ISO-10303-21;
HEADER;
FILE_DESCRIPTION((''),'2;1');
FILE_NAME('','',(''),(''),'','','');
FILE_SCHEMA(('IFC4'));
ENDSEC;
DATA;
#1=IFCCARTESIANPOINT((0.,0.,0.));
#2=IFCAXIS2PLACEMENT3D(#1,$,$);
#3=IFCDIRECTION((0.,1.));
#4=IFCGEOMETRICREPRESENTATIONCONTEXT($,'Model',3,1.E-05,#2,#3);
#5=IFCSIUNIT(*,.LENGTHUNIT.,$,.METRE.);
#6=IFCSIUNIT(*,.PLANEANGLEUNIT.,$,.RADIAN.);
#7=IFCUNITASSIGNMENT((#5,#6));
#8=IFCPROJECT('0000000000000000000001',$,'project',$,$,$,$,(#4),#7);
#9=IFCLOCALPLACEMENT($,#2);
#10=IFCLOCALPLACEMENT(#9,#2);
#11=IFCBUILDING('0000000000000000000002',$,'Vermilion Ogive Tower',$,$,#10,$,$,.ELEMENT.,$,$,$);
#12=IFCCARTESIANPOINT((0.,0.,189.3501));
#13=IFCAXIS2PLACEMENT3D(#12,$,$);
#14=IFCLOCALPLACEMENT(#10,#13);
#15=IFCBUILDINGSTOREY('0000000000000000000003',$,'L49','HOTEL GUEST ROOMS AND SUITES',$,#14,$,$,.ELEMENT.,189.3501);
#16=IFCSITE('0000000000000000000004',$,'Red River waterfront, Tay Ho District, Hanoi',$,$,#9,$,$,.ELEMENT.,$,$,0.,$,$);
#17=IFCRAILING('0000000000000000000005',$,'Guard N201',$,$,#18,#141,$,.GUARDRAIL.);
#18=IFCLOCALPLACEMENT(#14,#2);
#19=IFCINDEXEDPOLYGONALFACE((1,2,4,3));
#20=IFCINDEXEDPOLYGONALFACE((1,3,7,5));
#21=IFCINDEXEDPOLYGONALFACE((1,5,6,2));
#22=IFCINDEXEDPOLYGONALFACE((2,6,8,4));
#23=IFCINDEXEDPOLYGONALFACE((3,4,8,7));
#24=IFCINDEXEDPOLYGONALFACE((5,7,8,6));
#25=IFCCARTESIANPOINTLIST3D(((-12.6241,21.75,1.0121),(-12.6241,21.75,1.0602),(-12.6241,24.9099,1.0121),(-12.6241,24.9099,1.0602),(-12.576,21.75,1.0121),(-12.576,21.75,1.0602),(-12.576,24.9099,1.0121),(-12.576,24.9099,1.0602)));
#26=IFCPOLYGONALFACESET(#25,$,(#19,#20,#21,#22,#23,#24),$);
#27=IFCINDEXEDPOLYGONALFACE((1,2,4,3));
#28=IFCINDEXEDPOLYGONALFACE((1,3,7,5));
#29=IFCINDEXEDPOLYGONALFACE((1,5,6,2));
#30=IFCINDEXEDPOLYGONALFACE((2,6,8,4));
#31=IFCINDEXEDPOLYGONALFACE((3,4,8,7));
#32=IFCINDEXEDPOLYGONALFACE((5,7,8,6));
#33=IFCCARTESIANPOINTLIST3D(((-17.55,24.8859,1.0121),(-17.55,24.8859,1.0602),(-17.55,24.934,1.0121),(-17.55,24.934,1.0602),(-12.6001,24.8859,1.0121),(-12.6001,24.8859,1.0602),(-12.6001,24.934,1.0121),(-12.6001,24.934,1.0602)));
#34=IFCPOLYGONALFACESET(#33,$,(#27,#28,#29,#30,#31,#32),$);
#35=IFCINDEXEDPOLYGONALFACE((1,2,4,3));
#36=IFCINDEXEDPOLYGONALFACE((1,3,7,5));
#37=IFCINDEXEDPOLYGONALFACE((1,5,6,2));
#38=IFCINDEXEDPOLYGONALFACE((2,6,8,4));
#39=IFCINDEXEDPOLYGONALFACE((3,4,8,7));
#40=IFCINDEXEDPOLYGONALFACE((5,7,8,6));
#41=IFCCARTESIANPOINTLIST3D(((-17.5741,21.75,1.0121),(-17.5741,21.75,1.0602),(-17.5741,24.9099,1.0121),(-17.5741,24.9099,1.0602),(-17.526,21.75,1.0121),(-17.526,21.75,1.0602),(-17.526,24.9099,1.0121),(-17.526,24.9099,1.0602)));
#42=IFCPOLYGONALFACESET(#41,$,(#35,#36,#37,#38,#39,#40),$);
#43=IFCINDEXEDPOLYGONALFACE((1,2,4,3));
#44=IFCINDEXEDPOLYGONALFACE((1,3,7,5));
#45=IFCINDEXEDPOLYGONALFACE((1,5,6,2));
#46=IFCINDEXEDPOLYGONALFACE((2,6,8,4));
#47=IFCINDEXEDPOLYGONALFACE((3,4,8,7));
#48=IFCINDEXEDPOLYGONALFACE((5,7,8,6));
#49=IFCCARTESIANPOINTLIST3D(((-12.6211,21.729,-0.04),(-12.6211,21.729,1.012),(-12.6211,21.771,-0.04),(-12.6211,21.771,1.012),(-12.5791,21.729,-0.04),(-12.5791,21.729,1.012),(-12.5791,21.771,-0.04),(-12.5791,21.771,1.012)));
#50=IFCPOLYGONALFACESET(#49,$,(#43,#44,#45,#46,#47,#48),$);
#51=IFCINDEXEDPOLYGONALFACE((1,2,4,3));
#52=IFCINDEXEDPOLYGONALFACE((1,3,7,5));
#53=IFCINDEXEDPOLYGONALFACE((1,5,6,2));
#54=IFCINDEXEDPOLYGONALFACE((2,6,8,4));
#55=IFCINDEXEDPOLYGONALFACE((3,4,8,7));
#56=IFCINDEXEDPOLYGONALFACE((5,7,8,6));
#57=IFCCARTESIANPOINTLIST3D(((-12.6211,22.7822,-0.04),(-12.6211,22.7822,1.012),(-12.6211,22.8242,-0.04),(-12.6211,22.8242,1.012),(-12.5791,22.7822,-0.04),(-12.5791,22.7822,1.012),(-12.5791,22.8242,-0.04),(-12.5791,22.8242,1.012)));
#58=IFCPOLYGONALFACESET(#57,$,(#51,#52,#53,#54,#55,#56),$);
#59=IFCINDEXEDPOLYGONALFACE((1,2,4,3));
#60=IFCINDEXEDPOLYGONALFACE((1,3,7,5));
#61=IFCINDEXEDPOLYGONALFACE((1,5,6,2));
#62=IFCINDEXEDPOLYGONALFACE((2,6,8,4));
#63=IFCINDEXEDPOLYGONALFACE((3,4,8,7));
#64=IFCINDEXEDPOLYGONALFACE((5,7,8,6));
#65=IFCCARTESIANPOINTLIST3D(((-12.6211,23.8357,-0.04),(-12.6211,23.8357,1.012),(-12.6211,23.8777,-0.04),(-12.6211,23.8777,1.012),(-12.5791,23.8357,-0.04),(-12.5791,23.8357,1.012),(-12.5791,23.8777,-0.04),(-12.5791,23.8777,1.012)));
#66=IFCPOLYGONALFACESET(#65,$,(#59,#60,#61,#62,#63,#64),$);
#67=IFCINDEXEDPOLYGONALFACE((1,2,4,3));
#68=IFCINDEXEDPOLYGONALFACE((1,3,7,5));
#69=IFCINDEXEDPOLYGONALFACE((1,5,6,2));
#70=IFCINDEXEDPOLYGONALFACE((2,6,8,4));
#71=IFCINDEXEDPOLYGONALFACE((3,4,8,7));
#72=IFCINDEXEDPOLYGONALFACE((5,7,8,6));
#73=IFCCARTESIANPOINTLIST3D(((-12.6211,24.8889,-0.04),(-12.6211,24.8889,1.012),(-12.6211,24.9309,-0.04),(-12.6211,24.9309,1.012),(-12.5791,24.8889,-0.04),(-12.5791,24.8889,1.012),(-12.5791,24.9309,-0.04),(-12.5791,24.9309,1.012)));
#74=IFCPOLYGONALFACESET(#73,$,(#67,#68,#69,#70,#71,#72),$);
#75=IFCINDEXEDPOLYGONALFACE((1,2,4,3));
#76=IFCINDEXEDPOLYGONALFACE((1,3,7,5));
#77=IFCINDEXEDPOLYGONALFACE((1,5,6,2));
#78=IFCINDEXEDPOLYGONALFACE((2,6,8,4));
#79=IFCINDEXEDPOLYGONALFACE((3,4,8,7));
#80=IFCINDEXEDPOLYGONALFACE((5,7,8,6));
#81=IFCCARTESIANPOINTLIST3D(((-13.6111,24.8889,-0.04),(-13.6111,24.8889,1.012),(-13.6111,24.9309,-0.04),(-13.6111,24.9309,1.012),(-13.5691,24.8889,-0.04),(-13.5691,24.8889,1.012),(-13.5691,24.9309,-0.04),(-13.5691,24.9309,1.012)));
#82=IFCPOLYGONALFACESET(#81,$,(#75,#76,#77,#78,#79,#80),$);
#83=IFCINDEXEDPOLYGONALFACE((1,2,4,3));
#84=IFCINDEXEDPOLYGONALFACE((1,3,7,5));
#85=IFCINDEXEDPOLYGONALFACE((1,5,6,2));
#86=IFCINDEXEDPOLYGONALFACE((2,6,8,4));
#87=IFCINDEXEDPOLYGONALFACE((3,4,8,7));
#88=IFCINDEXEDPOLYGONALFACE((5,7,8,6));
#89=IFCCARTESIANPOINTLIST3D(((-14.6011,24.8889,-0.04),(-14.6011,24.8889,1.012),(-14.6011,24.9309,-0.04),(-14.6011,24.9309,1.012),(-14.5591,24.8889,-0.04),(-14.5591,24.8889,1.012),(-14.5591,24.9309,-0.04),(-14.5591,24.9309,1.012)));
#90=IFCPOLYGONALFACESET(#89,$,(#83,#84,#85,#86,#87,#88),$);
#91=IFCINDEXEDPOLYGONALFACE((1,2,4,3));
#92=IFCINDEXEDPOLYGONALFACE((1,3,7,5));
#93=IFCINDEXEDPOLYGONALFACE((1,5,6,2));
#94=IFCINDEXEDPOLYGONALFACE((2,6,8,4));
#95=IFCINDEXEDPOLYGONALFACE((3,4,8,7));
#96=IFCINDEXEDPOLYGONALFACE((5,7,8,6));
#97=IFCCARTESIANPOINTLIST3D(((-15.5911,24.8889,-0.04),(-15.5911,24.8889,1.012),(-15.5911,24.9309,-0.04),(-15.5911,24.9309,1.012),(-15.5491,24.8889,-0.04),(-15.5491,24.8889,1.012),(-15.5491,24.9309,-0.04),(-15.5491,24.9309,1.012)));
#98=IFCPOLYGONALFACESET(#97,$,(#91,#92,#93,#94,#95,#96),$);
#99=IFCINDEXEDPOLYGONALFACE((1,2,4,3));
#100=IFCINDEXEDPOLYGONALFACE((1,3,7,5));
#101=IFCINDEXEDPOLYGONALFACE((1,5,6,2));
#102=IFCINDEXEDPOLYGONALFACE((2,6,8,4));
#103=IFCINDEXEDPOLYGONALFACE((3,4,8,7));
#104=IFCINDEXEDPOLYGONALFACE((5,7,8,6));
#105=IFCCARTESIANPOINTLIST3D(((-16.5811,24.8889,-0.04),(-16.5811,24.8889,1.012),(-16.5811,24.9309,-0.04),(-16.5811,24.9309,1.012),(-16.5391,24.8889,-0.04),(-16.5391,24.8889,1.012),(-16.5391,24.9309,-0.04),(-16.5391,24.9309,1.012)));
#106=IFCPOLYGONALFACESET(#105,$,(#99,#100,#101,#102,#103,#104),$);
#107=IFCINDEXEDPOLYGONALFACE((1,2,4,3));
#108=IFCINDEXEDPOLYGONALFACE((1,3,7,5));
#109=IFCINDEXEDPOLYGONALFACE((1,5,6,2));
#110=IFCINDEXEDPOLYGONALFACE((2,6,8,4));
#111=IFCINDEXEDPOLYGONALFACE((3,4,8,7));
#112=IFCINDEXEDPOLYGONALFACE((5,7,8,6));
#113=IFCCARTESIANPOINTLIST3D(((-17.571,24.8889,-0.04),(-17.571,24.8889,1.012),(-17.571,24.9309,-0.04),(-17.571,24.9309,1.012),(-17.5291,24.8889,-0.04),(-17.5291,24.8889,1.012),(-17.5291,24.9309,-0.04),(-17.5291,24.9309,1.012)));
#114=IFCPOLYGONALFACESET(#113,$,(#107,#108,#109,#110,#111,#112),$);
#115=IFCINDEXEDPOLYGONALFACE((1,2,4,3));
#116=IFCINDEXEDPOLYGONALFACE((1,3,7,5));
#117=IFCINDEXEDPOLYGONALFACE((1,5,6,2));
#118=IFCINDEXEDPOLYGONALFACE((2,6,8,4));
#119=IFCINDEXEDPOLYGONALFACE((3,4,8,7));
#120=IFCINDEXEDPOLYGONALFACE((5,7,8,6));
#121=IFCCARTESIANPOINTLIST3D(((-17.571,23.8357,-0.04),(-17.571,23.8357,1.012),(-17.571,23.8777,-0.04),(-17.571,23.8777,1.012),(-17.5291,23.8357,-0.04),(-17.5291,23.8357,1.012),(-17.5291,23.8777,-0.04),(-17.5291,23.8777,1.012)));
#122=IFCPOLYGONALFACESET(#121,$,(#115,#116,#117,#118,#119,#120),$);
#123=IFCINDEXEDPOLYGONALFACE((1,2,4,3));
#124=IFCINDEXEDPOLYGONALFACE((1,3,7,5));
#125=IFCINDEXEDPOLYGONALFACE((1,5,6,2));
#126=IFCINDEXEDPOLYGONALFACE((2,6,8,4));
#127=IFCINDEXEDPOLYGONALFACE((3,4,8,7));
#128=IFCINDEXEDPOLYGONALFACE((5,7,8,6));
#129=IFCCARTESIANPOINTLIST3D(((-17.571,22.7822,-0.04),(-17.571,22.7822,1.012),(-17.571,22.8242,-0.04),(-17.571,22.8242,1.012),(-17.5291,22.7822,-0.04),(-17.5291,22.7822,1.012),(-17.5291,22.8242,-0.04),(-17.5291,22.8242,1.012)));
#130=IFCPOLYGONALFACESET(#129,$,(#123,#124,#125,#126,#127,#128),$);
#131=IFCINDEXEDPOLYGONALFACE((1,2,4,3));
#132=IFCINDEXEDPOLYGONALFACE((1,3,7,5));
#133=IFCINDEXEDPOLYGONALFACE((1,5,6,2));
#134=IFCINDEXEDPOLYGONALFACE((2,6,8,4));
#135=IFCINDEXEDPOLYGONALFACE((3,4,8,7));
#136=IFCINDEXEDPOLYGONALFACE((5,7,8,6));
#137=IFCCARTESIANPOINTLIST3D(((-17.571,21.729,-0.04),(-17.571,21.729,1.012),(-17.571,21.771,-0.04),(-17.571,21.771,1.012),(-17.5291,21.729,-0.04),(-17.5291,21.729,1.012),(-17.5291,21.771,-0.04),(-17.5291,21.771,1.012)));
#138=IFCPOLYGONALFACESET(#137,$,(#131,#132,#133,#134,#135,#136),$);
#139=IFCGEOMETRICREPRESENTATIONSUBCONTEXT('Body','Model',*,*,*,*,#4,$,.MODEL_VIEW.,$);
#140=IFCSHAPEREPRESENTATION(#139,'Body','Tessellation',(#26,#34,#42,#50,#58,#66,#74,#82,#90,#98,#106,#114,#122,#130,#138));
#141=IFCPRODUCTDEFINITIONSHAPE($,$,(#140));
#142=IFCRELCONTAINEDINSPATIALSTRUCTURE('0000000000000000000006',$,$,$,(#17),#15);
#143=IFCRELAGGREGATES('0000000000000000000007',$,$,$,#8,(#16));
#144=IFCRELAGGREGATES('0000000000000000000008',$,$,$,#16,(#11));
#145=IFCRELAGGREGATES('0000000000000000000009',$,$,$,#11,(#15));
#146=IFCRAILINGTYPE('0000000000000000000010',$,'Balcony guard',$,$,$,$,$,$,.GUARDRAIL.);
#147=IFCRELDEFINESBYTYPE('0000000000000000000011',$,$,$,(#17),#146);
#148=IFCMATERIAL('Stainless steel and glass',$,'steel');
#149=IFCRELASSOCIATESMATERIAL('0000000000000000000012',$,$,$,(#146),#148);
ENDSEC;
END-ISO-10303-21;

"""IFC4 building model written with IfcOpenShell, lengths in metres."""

from ifc_helpers import new_model, si_unit, direction, frame, origin, origin_2d, place, context, subcontext, project, spatial, rectangle, extrude, material, type_object, element, save


model = new_model("IFC4")

# Units and contexts
model_context = context("Model", 3, precision=1e-05, world=origin(), true_north=direction((0.0, 1.0)))
body_context = subcontext(model_context, "Body", "Model", "MODEL_VIEW")
ifc_project = project(units=[si_unit("LENGTHUNIT", "METRE"), si_unit("PLANEANGLEUNIT", "RADIAN")], contexts=[model_context])

# Site, building, storey
site_placement = place(None, origin())
site = spatial("IfcSite", under=ifc_project, at=site_placement, Name="Red River waterfront, Tay Ho District, Hanoi", CompositionType="ELEMENT", RefElevation=0.0)
building_placement = place(site_placement, origin())
building = spatial("IfcBuilding", under=site, at=building_placement, Name="Vermilion Ogive Tower", CompositionType="ELEMENT")
storey_placement = place(building_placement, frame((0.0, 0.0, 189.3501)))
storey = spatial("IfcBuildingStorey", under=building, at=storey_placement, Name="L49", Description="HOTEL GUEST ROOMS AND SUITES", CompositionType="ELEMENT", Elevation=189.3501)

# Railing
ifc_material_1 = material(Name="Stainless steel and glass", Category="steel")
railing_type = type_object("IfcRailingType", Name="Balcony guard", PredefinedType="GUARDRAIL", material=ifc_material_1)
railing_placement = place(storey_placement, frame((-12.6001, 21.75, -0.04)))
element("IfcRailing", 1, at=railing_placement, inside=storey, type_object=railing_type, Name="Guard N201", PredefinedType="GUARDRAIL", context=body_context, shape_type="SweptSolid", body=[
    extrude(rectangle(XDim=0.0481, YDim=0.0481, at=origin_2d()), frame((0.0, 0.0, 1.0762), z_axis=(0.0, 1.0, 0.0), x_axis=(-1.0, 0.0, 0.0)), (0.0, 0.0, 1.0), 3.1599),
    extrude(rectangle(XDim=0.0481, YDim=0.0481, at=origin_2d()), frame((0.0, 3.1599, 1.0762), z_axis=(-1.0, 0.0, 0.0), x_axis=(0.0, -1.0, 0.0)), (0.0, 0.0, 1.0), 4.95),
    extrude(rectangle(XDim=0.0481, YDim=0.0481, at=origin_2d()), frame((-4.95, 3.1599, 1.0762), z_axis=(0.0, -1.0, 0.0), x_axis=(1.0, 0.0, 0.0)), (0.0, 0.0, 1.0), 3.1599),
    extrude(rectangle(XDim=0.042, YDim=0.042, at=origin_2d()), origin(), (0.0, 0.0, 1.0), 1.052),
    extrude(rectangle(XDim=0.042, YDim=0.042, at=origin_2d()), frame((0.0, 1.0532, 0.0)), (0.0, 0.0, 1.0), 1.052),
    extrude(rectangle(XDim=0.042, YDim=0.042, at=origin_2d()), frame((0.0, 2.1067, 0.0)), (0.0, 0.0, 1.0), 1.052),
    extrude(rectangle(XDim=0.042, YDim=0.042, at=origin_2d()), frame((0.0, 3.1599, 0.0)), (0.0, 0.0, 1.0), 1.052),
    extrude(rectangle(XDim=0.042, YDim=0.042, at=origin_2d()), frame((-0.99, 3.1599, 0.0)), (0.0, 0.0, 1.0), 1.052),
    extrude(rectangle(XDim=0.042, YDim=0.042, at=origin_2d()), frame((-1.98, 3.1599, 0.0)), (0.0, 0.0, 1.0), 1.052),
    extrude(rectangle(XDim=0.042, YDim=0.042, at=origin_2d()), frame((-2.97, 3.1599, 0.0)), (0.0, 0.0, 1.0), 1.052),
    extrude(rectangle(XDim=0.042, YDim=0.042, at=origin_2d()), frame((-3.96, 3.1599, 0.0)), (0.0, 0.0, 1.0), 1.052),
    extrude(rectangle(XDim=0.042, YDim=0.042, at=origin_2d()), frame((-4.95, 3.1599, 0.0)), (0.0, 0.0, 1.0), 1.052),
    extrude(rectangle(XDim=0.042, YDim=0.042, at=origin_2d()), frame((-4.95, 2.1067, 0.0)), (0.0, 0.0, 1.0), 1.052),
    extrude(rectangle(XDim=0.042, YDim=0.042, at=origin_2d()), frame((-4.95, 1.0532, 0.0)), (0.0, 0.0, 1.0), 1.052),
    extrude(rectangle(XDim=0.042, YDim=0.042, at=origin_2d()), frame((-4.95, 0.0, 0.0)), (0.0, 0.0, 1.0), 1.052),
])

save(model, "model.ifc")
